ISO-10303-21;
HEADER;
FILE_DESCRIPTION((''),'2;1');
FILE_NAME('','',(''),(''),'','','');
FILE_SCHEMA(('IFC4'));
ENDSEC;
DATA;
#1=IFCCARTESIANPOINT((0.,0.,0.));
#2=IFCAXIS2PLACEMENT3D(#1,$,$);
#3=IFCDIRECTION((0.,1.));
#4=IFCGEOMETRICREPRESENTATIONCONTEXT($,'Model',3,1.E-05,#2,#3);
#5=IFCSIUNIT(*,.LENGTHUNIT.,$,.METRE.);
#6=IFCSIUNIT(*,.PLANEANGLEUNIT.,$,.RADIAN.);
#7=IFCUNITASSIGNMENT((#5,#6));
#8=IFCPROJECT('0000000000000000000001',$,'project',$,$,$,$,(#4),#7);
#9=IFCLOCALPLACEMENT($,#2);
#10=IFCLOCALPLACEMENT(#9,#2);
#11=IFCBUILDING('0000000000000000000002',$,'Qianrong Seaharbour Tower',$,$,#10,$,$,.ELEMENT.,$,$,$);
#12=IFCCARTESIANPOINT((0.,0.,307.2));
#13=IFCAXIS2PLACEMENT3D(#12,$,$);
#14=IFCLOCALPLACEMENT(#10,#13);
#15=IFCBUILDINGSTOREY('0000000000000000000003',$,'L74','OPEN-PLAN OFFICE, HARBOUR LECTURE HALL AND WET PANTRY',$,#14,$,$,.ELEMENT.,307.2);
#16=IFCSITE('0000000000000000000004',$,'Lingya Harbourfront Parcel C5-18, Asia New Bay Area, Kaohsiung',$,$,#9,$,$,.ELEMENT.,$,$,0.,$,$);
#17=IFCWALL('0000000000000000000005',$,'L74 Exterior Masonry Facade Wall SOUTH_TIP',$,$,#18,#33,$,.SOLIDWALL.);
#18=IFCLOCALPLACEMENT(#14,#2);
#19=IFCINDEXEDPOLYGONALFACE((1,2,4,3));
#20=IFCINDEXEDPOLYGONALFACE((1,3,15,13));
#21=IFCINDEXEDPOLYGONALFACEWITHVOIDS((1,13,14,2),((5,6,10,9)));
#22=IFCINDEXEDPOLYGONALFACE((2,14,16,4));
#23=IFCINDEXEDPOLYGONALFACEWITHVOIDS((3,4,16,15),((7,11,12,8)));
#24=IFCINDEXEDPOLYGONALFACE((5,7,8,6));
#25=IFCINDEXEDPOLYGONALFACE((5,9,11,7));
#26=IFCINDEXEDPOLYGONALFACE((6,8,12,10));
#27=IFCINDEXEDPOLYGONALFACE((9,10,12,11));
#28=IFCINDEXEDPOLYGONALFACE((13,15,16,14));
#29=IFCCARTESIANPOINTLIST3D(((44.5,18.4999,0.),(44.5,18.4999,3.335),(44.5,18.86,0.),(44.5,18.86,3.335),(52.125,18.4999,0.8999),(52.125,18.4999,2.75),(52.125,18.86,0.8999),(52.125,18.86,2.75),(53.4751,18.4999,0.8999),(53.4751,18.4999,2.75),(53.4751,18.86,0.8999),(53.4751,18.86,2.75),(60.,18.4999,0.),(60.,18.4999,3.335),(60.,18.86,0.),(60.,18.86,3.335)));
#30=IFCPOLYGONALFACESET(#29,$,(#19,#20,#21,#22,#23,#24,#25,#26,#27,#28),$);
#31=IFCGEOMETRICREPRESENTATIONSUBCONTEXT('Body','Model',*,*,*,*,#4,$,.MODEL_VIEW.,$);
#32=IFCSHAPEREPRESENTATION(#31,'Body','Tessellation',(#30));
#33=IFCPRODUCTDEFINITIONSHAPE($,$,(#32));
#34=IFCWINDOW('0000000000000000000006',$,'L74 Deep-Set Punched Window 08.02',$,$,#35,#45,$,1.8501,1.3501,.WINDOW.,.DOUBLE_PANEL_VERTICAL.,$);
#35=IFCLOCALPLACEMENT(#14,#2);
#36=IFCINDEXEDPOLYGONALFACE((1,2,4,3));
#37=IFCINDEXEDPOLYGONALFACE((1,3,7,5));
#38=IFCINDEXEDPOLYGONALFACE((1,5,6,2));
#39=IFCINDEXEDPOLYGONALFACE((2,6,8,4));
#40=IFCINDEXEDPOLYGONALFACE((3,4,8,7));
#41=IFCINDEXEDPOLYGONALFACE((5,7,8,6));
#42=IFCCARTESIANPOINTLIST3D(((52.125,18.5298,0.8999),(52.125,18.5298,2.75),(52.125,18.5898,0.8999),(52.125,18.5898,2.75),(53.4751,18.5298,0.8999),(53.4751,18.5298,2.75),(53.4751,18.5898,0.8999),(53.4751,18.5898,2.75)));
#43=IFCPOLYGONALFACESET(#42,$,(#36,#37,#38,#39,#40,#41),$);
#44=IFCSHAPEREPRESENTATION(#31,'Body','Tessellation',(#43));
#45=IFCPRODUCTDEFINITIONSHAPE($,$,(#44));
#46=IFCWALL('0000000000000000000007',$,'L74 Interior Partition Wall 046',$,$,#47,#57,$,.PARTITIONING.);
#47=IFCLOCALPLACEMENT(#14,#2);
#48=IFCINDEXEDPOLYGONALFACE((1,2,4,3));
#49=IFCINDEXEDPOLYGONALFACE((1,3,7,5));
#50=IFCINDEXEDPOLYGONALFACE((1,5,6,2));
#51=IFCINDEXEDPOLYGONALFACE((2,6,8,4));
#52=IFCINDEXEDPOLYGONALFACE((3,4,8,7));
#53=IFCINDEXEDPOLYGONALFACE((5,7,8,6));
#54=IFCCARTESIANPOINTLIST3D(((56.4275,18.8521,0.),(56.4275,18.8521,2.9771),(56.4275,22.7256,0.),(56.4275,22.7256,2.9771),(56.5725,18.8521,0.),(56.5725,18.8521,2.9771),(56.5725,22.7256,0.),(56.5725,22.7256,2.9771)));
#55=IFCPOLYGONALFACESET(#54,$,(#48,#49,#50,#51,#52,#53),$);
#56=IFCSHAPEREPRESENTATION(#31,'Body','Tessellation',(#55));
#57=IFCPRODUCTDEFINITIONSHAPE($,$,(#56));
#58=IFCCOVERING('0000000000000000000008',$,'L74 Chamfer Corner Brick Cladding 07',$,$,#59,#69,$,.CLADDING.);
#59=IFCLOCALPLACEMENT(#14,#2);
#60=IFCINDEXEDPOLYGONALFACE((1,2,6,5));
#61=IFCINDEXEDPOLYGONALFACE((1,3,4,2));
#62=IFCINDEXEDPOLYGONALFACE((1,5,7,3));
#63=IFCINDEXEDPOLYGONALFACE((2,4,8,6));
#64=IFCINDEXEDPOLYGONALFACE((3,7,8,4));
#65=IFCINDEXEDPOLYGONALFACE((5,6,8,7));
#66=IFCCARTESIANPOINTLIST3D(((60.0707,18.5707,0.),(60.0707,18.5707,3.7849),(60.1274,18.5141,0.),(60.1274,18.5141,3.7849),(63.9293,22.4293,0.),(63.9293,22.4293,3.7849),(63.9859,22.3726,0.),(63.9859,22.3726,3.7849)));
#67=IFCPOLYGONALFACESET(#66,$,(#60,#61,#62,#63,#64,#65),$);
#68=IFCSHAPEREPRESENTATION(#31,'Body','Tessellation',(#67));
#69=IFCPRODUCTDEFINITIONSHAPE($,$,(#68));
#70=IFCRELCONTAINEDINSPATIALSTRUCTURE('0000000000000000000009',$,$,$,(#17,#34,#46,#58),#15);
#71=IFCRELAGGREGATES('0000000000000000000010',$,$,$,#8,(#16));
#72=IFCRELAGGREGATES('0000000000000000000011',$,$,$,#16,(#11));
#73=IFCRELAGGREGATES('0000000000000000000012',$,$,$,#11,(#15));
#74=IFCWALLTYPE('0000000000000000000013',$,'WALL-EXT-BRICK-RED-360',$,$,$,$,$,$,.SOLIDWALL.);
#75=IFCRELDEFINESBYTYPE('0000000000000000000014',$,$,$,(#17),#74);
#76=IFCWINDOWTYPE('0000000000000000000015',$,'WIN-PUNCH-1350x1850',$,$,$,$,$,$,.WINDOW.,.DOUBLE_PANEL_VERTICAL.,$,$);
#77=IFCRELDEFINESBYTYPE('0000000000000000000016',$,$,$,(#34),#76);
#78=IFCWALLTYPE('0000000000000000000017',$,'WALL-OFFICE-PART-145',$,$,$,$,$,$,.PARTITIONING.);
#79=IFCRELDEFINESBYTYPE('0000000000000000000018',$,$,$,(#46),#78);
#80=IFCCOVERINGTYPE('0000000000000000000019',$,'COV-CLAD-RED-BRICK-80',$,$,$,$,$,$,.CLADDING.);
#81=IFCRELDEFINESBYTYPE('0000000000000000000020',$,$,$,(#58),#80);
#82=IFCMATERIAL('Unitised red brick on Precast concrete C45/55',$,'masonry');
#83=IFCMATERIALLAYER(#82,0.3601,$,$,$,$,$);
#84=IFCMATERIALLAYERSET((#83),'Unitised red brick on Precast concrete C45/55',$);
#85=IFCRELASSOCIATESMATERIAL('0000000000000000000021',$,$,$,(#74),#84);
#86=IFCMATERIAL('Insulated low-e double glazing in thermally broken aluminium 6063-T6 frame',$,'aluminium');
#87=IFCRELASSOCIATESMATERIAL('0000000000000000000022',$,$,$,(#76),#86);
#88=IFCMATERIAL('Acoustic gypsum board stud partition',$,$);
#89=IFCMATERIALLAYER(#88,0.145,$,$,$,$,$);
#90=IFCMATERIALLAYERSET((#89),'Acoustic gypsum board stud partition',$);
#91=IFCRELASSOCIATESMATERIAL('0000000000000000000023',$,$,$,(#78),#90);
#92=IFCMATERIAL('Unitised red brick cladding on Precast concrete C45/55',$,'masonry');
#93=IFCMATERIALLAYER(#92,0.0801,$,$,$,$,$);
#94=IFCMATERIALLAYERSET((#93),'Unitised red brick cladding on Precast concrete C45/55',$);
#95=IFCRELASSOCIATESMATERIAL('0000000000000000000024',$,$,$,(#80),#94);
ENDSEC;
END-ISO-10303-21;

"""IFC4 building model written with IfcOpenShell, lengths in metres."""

from ifc_helpers import new_model, si_unit, direction, frame, frame_2d, origin, origin_2d, place, context, subcontext, project, spatial, rectangle, extrude, material, layer, layer_set, type_object, element, fill, save


model = new_model("IFC4")

# Units and contexts
model_context = context("Model", 3, precision=1e-05, world=origin(), true_north=direction((0.0, 1.0)))
body_context = subcontext(model_context, "Body", "Model", "MODEL_VIEW")
ifc_project = project(units=[si_unit("LENGTHUNIT", "METRE"), si_unit("PLANEANGLEUNIT", "RADIAN")], contexts=[model_context])

# Site, building, storey
site_placement = place(None, origin())
site = spatial("IfcSite", under=ifc_project, at=site_placement, Name="Lingya Harbourfront Parcel C5-18, Asia New Bay Area, Kaohsiung", CompositionType="ELEMENT", RefElevation=0.0)
building_placement = place(site_placement, origin())
building = spatial("IfcBuilding", under=site, at=building_placement, Name="Qianrong Seaharbour Tower", CompositionType="ELEMENT")
storey_placement = place(building_placement, frame((0.0, 0.0, 307.2)))
storey = spatial("IfcBuildingStorey", under=building, at=storey_placement, Name="L74", Description="OPEN-PLAN OFFICE, HARBOUR LECTURE HALL AND WET PANTRY", CompositionType="ELEMENT", Elevation=307.2)

# Shared definitions
ifc_material_1 = material(Name="Unitised red brick on Precast concrete C45/55", Category="masonry")
ifc_layer_1 = layer(ifc_material_1, 0.3601)
ifc_layer_set_1 = layer_set([ifc_layer_1], Name="Unitised red brick on Precast concrete C45/55")
wall_type_1 = type_object("IfcWallType", Name="WALL-EXT-BRICK-RED-360", PredefinedType="SOLIDWALL", material=ifc_layer_set_1)
ifc_material_2 = material(Name="Insulated low-e double glazing in thermally broken aluminium 6063-T6 frame", Category="aluminium")
window_type = type_object("IfcWindowType", Name="WIN-PUNCH-1350x1850", PartitioningType="DOUBLE_PANEL_VERTICAL", PredefinedType="WINDOW", material=ifc_material_2)

# Wall, opening, window
wall_1_placement = place(storey_placement, frame((60.0, 18.6799, 0.0), z_axis=(0.0, 0.0, 1.0), x_axis=(-1.0, 0.0, 0.0)))
wall_1 = element("IfcWall", 1, at=wall_1_placement, inside=storey, type_object=wall_type_1, Name="L74 Exterior Masonry Facade Wall SOUTH_TIP", PredefinedType="SOLIDWALL", context=body_context, shape_type="SweptSolid", body=[
    extrude(rectangle(XDim=15.5, YDim=0.3601, at=frame_2d((7.75, 0.0))), origin(), (0.0, 0.0, 1.0), 3.335),
])
opening_1_placement = place(wall_1_placement, frame((6.5249, 0.0, 0.8999)))
opening_1 = element("IfcOpeningElement", 2, at=opening_1_placement, cuts=wall_1, PredefinedType="OPENING", context=body_context, shape_type="SweptSolid", body=[
    extrude(rectangle(XDim=1.3501, YDim=1.8501, at=frame_2d((0.675, 0.925))), frame((0.0, 0.1899, 0.0), z_axis=(0.0, -1.0, 0.0), x_axis=(1.0, 0.0, 0.0)), (0.0, 0.0, 1.0), 0.3801),
])
window_1_placement = place(opening_1_placement, origin())
window_1 = element("IfcWindow", 3, at=window_1_placement, inside=storey, type_object=window_type, Name="L74 Deep-Set Punched Window 08.02", OverallHeight=1.8501, OverallWidth=1.3501, PartitioningType="DOUBLE_PANEL_VERTICAL", PredefinedType="WINDOW", context=body_context, shape_type="SweptSolid", body=[
    extrude(rectangle(XDim=1.3501, YDim=1.8501, at=frame_2d((0.675, 0.925))), frame((0.0, 0.1501, 0.0), z_axis=(0.0, -1.0, 0.0), x_axis=(1.0, 0.0, 0.0)), (0.0, 0.0, 1.0), 0.0601),
])
fill(opening_1, window_1)

# Wall
ifc_material_3 = material(Name="Acoustic gypsum board stud partition")
ifc_layer_2 = layer(ifc_material_3, 0.145)
ifc_layer_set_2 = layer_set([ifc_layer_2], Name="Acoustic gypsum board stud partition")
wall_type_2 = type_object("IfcWallType", Name="WALL-OFFICE-PART-145", PredefinedType="PARTITIONING", material=ifc_layer_set_2)
wall_2_placement = place(storey_placement, frame((56.5, 22.7256, 0.0), z_axis=(0.0, 0.0, 1.0), x_axis=(0.0, -1.0, 0.0)))
element("IfcWall", 4, at=wall_2_placement, inside=storey, type_object=wall_type_2, Name="L74 Interior Partition Wall 046", PredefinedType="PARTITIONING", context=body_context, shape_type="SweptSolid", body=[
    extrude(rectangle(XDim=3.8735, YDim=0.145, at=frame_2d((1.9368, 0.0))), origin(), (0.0, 0.0, 1.0), 2.9771),
])

# Covering
ifc_material_4 = material(Name="Unitised red brick cladding on Precast concrete C45/55", Category="masonry")
ifc_layer_3 = layer(ifc_material_4, 0.0801)
ifc_layer_set_3 = layer_set([ifc_layer_3], Name="Unitised red brick cladding on Precast concrete C45/55")
covering_type = type_object("IfcCoveringType", Name="COV-CLAD-RED-BRICK-80", PredefinedType="CLADDING", material=ifc_layer_set_3)
covering_placement = place(storey_placement, frame((62.0283, 20.4717, 0.0), z_axis=(0.0, 0.0, 1.0), x_axis=(-0.707107, -0.707107, 0.0)))
element("IfcCovering", 5, at=covering_placement, inside=storey, type_object=covering_type, Name="L74 Chamfer Corner Brick Cladding 07", PredefinedType="CLADDING", context=body_context, shape_type="SweptSolid", body=[
    extrude(rectangle(XDim=5.4568, YDim=0.0801, at=origin_2d()), origin(), (0.0, 0.0, 1.0), 3.7849),
])

save(model, "model.ifc")
